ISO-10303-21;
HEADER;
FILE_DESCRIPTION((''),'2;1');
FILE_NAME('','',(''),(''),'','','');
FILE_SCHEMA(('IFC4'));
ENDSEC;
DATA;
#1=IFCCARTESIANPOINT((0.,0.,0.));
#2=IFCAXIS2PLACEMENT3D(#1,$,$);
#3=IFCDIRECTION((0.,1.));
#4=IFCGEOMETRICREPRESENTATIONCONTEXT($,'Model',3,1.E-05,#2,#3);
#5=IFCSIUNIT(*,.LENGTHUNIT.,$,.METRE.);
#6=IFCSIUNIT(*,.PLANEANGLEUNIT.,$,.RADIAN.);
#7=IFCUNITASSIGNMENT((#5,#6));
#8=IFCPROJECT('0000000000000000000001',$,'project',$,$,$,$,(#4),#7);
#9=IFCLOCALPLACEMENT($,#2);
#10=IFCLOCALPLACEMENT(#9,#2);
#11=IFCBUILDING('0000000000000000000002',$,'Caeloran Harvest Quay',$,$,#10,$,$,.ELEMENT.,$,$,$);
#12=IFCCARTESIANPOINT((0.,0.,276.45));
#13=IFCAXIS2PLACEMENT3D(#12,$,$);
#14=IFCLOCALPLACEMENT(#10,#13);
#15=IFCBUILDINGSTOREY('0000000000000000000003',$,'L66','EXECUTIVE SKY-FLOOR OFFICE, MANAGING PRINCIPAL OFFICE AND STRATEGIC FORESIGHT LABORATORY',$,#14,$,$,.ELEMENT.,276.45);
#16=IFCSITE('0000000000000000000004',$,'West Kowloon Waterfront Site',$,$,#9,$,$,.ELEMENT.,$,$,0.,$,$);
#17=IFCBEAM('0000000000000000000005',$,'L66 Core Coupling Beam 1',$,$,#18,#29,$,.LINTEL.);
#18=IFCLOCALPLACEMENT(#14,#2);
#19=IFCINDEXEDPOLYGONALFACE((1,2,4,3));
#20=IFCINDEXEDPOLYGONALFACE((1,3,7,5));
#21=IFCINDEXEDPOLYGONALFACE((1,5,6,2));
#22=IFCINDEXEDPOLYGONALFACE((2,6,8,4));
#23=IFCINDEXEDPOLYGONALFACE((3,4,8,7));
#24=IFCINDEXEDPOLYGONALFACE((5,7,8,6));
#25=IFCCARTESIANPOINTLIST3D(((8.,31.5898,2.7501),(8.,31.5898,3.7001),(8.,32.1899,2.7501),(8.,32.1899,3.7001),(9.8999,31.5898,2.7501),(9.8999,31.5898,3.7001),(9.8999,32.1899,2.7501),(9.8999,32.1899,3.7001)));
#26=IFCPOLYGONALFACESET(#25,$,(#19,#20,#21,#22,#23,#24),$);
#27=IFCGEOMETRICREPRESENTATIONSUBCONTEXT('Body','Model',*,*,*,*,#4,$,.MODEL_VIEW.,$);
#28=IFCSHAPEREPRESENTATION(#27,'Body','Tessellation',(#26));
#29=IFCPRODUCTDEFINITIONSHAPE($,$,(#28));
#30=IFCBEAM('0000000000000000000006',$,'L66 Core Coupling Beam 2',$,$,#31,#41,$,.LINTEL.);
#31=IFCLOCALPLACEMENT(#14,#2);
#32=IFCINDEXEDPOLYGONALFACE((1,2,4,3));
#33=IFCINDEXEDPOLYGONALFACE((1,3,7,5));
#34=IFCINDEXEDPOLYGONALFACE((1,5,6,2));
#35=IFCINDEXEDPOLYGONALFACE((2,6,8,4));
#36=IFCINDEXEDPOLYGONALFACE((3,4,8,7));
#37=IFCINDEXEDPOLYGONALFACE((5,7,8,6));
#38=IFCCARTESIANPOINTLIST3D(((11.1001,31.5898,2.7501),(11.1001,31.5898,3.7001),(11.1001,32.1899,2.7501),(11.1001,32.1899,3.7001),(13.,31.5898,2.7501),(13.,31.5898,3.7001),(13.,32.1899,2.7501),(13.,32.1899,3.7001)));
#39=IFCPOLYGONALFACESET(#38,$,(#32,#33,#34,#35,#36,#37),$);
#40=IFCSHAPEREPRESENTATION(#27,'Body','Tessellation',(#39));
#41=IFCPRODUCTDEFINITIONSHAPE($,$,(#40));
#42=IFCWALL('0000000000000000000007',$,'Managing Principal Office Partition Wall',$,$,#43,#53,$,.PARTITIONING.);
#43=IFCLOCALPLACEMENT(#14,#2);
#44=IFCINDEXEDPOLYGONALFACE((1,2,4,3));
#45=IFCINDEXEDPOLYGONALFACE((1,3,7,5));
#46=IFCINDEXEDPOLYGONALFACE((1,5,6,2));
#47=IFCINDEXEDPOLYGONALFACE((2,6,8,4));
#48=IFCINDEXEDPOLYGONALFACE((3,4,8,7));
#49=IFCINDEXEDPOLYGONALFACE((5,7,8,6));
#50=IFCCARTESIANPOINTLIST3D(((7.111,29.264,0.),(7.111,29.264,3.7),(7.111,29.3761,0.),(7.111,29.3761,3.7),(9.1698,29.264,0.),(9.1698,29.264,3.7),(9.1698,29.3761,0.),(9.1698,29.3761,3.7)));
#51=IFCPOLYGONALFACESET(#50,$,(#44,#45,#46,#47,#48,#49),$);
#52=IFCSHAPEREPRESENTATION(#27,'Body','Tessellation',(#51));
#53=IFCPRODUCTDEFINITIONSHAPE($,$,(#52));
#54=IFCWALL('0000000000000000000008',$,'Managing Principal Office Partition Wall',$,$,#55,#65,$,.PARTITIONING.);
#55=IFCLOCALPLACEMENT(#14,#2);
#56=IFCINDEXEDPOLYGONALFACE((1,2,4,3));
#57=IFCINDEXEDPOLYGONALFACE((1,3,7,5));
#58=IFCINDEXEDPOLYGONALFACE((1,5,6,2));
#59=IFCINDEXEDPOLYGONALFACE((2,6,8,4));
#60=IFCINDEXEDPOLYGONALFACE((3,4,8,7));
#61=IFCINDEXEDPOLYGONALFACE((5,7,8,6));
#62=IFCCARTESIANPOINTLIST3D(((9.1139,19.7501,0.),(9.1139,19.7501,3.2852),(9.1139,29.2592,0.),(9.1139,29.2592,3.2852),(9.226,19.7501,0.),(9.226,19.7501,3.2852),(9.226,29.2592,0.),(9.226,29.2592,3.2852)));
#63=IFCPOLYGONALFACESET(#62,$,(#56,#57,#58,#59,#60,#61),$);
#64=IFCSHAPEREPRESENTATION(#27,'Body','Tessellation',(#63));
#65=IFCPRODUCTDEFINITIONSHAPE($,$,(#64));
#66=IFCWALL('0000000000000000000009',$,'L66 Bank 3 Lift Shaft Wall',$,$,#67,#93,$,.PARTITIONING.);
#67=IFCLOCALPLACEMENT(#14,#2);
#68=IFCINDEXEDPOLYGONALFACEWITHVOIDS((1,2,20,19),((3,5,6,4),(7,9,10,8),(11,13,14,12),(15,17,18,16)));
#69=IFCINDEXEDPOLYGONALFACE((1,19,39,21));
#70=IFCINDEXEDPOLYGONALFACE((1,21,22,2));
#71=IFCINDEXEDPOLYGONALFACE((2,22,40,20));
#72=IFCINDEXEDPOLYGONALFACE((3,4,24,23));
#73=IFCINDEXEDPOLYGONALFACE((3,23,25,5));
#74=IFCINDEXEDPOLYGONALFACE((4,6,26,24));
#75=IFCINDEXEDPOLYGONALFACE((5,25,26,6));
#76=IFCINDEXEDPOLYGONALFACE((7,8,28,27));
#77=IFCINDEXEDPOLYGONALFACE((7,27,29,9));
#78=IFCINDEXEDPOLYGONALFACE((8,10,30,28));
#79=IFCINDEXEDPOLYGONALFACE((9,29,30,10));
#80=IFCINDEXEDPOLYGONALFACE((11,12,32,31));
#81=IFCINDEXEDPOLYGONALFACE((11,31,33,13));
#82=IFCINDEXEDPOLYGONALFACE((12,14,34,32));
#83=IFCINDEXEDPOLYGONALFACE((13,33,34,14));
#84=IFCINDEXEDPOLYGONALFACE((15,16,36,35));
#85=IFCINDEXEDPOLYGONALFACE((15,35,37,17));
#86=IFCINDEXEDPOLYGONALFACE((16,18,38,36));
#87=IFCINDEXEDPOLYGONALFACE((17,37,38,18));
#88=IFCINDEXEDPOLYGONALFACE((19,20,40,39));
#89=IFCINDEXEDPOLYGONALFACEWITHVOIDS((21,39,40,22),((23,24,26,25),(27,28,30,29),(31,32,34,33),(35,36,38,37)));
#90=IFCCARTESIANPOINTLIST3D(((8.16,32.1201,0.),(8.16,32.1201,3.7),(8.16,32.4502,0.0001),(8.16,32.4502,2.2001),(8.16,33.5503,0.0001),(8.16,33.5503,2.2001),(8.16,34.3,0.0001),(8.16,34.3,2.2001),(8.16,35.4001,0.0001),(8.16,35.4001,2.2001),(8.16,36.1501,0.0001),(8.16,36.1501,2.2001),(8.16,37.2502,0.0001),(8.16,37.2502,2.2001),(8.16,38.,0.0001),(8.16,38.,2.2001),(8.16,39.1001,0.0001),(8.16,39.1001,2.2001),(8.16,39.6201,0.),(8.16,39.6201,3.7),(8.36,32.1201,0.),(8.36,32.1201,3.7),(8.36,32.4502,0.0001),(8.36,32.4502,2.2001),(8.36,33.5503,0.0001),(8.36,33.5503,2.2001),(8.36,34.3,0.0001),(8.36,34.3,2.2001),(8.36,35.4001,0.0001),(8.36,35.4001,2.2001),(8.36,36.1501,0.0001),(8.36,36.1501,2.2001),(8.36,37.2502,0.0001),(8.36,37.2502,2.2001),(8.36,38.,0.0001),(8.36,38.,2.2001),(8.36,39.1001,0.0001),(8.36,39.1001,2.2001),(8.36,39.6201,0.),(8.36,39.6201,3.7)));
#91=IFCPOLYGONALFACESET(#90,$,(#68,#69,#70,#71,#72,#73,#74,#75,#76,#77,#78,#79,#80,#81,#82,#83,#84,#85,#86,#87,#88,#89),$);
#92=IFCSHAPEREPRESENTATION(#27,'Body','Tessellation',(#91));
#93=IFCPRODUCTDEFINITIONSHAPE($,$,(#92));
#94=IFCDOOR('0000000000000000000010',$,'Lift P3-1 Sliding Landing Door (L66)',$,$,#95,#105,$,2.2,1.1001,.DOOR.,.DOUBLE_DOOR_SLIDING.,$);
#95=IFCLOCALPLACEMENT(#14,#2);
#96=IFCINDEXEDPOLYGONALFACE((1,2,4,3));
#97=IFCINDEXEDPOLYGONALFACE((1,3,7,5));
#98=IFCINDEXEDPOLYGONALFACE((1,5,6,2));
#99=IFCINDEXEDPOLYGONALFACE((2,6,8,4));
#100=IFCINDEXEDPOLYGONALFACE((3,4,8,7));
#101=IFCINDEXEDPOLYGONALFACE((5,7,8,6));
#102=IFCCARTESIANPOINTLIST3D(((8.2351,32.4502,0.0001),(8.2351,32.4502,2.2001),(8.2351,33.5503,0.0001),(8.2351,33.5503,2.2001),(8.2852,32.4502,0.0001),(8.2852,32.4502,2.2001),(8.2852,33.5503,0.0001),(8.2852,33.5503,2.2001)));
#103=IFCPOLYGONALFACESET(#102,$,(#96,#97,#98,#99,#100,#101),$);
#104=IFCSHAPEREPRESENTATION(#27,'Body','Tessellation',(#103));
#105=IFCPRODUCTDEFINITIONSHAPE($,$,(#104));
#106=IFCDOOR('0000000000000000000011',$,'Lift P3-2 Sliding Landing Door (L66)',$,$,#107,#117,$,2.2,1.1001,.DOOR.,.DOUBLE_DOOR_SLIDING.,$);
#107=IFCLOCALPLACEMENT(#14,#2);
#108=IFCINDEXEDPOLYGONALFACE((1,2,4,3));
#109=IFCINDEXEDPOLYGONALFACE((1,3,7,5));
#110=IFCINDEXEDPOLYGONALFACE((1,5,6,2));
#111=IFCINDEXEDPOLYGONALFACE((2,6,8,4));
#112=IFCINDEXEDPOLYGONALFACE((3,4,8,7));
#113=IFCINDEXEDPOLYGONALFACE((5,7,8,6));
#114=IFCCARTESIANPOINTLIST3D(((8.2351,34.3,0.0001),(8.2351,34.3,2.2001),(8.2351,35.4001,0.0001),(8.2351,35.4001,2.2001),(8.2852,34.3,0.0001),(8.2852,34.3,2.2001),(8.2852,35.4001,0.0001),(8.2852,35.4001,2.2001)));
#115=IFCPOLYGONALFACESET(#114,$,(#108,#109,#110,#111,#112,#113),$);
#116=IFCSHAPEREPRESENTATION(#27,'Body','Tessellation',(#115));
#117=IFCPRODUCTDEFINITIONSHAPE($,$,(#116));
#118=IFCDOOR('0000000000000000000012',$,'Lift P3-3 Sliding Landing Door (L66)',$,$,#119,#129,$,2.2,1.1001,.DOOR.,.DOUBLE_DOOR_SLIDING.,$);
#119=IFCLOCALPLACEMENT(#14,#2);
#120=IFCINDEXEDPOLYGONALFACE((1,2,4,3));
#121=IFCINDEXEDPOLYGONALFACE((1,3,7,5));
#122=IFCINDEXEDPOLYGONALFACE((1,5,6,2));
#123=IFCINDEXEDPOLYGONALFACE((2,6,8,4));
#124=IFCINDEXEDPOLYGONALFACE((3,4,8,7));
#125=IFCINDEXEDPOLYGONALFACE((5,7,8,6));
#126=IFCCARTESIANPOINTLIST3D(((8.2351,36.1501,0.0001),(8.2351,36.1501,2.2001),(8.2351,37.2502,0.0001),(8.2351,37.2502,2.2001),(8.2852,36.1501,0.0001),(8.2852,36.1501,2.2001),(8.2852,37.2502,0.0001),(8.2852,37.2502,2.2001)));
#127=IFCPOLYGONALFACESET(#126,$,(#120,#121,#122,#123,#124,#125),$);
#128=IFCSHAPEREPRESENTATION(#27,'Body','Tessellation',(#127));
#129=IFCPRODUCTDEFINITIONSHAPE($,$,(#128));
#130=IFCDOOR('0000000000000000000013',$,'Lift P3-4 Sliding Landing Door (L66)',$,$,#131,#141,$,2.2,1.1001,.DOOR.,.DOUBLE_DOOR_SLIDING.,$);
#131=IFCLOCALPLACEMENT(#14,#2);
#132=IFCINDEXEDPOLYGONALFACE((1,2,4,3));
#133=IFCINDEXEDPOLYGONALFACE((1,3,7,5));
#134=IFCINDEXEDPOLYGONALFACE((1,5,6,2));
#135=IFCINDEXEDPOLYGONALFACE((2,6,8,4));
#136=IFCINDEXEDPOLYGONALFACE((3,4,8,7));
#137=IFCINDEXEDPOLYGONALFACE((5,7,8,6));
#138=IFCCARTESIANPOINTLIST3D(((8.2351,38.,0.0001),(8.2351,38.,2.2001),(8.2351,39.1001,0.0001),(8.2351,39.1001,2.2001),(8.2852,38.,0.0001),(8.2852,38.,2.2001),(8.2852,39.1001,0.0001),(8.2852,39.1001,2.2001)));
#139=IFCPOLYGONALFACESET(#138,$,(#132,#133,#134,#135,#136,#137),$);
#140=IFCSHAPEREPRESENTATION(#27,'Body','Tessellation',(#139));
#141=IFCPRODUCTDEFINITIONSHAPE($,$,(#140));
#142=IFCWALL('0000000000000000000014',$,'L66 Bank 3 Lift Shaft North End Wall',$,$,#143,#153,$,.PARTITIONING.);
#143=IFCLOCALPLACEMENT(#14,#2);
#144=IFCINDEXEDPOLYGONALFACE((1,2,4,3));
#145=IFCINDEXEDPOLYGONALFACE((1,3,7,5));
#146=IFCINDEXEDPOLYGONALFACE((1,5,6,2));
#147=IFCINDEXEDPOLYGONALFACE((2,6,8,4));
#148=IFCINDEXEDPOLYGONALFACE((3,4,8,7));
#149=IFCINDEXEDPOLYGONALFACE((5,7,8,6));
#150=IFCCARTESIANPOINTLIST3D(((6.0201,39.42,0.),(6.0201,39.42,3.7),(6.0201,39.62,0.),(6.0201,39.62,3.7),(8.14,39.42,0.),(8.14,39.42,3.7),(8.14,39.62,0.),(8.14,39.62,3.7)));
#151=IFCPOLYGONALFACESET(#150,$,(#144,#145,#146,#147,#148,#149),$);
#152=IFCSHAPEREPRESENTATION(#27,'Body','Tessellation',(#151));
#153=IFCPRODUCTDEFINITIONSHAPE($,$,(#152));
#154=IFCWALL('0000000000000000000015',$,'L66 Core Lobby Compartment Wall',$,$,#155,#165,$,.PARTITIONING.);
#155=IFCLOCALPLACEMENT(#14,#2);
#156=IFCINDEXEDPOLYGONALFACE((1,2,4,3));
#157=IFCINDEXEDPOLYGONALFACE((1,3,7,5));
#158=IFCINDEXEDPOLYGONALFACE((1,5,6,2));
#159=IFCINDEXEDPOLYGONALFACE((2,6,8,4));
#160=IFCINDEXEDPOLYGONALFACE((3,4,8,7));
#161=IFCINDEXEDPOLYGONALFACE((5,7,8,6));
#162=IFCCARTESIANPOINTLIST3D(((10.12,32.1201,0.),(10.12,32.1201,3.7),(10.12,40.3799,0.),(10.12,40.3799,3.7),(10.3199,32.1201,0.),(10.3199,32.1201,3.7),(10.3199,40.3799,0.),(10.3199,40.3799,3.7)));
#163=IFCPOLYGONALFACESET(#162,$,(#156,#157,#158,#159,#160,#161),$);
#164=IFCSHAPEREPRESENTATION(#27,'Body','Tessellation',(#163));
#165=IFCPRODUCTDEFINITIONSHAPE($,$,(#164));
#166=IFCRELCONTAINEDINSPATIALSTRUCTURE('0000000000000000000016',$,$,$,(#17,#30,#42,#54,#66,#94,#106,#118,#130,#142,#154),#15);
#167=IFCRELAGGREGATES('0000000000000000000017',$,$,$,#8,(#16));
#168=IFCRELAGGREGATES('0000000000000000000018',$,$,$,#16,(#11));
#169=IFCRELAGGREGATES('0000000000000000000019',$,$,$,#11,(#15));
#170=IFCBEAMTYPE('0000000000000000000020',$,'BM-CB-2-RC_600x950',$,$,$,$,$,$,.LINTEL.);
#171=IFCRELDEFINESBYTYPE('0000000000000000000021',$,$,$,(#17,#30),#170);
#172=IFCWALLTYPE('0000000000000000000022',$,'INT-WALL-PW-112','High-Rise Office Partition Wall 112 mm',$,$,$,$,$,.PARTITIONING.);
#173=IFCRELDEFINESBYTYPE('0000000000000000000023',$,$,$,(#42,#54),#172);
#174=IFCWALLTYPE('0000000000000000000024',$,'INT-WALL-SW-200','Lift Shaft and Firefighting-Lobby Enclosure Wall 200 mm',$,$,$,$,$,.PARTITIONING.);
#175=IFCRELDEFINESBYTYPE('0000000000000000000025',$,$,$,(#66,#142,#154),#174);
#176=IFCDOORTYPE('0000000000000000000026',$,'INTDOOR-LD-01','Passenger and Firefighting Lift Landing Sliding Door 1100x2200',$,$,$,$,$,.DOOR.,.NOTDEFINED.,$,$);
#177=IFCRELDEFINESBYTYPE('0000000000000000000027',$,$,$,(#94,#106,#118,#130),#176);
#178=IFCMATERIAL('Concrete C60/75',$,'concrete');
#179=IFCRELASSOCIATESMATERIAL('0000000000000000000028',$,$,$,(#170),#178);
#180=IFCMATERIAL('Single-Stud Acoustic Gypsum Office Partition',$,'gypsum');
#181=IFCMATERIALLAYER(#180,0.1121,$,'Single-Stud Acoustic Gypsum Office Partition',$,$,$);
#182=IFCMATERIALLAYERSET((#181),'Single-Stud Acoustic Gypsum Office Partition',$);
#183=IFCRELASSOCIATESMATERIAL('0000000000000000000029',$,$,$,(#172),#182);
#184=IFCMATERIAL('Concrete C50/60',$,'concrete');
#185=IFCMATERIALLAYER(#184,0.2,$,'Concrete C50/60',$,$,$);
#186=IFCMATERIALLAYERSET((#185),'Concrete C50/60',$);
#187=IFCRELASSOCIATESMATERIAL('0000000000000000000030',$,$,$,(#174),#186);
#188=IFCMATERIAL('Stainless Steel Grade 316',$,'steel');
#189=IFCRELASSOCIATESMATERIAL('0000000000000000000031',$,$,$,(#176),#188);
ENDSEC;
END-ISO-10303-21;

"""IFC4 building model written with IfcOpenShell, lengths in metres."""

from ifc_helpers import new_model, si_unit, direction, frame, frame_2d, origin, origin_2d, place, context, subcontext, project, spatial, rectangle, extrude, material, layer, layer_set, material_profile, profile_set, type_object, element, fill, save


model = new_model("IFC4")

# Units and contexts
model_context = context("Model", 3, precision=1e-05, world=origin(), true_north=direction((0.0, 1.0)))
body_context = subcontext(model_context, "Body", "Model", "MODEL_VIEW")
ifc_project = project(units=[si_unit("LENGTHUNIT", "METRE"), si_unit("PLANEANGLEUNIT", "RADIAN")], contexts=[model_context])

# Site, building, storey
site_placement = place(None, origin())
site = spatial("IfcSite", under=ifc_project, at=site_placement, Name="West Kowloon Waterfront Site", CompositionType="ELEMENT", RefElevation=0.0)
building_placement = place(site_placement, origin())
building = spatial("IfcBuilding", under=site, at=building_placement, Name="Caeloran Harvest Quay", CompositionType="ELEMENT")
storey_placement = place(building_placement, frame((0.0, 0.0, 276.45)))
storey = spatial("IfcBuildingStorey", under=building, at=storey_placement, Name="L66", Description="EXECUTIVE SKY-FLOOR OFFICE, MANAGING PRINCIPAL OFFICE AND STRATEGIC FORESIGHT LABORATORY", CompositionType="ELEMENT", Elevation=276.45)

# Beams
ifc_material_1 = material(Name="Concrete C60/75", Category="concrete")
ifc_material_profile = material_profile(ifc_material_1, rectangle(XDim=0.6001, YDim=0.95, at=origin_2d()), Name="RC 600x950")
ifc_profile_set = profile_set([ifc_material_profile], Name="Concrete C60/75")
beam_type = type_object("IfcBeamType", Name="BM-CB-2-RC_600x950", PredefinedType="LINTEL", material=ifc_profile_set)
for number, where, z_axis, x_axis, name in (
    (1, (8.0, 31.8899, 3.2251), (1.0, 0.0, 0.0), (0.0, 1.0, 0.0), "L66 Core Coupling Beam 1"),
    (2, (11.1001, 31.8899, 3.2251), (1.0, 0.0, 0.0), (0.0, 1.0, 0.0), "L66 Core Coupling Beam 2"),
):
    element("IfcBeam", number, at=place(storey_placement, frame(where, z_axis=z_axis, x_axis=x_axis)), inside=storey, type_object=beam_type, Name=name, PredefinedType="LINTEL", context=body_context, shape_type="SweptSolid", body=[
        extrude(rectangle(XDim=0.6001, YDim=0.95, at=origin_2d()), origin(), (0.0, 0.0, 1.0), 1.8999),
    ])

# Walls
ifc_material_2 = material(Name="Single-Stud Acoustic Gypsum Office Partition", Category="gypsum")
ifc_layer_1 = layer(ifc_material_2, 0.1121, Name="Single-Stud Acoustic Gypsum Office Partition")
ifc_layer_set_1 = layer_set([ifc_layer_1], Name="Single-Stud Acoustic Gypsum Office Partition")
wall_type_1 = type_object("IfcWallType", Name="INT-WALL-PW-112", Description="High-Rise Office Partition Wall 112 mm", PredefinedType="PARTITIONING", material=ifc_layer_set_1)
wall_1_placement = place(storey_placement, frame((7.1111, 29.3201, 0.0), z_axis=(0.0, 0.0, 1.0), x_axis=(1.0, 0.0, 0.0)))
element("IfcWall", 3, at=wall_1_placement, inside=storey, type_object=wall_type_1, Name="Managing Principal Office Partition Wall", PredefinedType="PARTITIONING", context=body_context, shape_type="SweptSolid", body=[
    extrude(rectangle(XDim=2.0588, YDim=0.1121, at=frame_2d((1.0293, 0.0))), origin(), (0.0, 0.0, 1.0), 3.7),
])
wall_2_placement = place(storey_placement, frame((9.1699, 29.259, 0.0), z_axis=(0.0, 0.0, 1.0), x_axis=(0.0, -1.0, 0.0)))
element("IfcWall", 4, at=wall_2_placement, inside=storey, type_object=wall_type_1, Name="Managing Principal Office Partition Wall", PredefinedType="PARTITIONING", context=body_context, shape_type="SweptSolid", body=[
    extrude(rectangle(XDim=9.509, YDim=0.1121, at=frame_2d((4.7544, 0.0))), origin(), (0.0, 0.0, 1.0), 3.2852),
])

# Wall, openings, doors
ifc_material_3 = material(Name="Concrete C50/60", Category="concrete")
ifc_layer_2 = layer(ifc_material_3, 0.2, Name="Concrete C50/60")
ifc_layer_set_2 = layer_set([ifc_layer_2], Name="Concrete C50/60")
wall_type_2 = type_object("IfcWallType", Name="INT-WALL-SW-200", Description="Lift Shaft and Firefighting-Lobby Enclosure Wall 200 mm", PredefinedType="PARTITIONING", material=ifc_layer_set_2)
wall_3_placement = place(storey_placement, frame((8.26, 32.1201, 0.0), z_axis=(0.0, 0.0, 1.0), x_axis=(0.0, 1.0, 0.0)))
wall_3 = element("IfcWall", 5, at=wall_3_placement, inside=storey, type_object=wall_type_2, Name="L66 Bank 3 Lift Shaft Wall", PredefinedType="PARTITIONING", context=body_context, shape_type="SweptSolid", body=[
    extrude(rectangle(XDim=7.5, YDim=0.2, at=frame_2d((3.75, 0.0))), origin(), (0.0, 0.0, 1.0), 3.7),
])
opening_1_placement = place(wall_3_placement, frame((0.3301, 0.0, 0.0)))
opening_1 = element("IfcOpeningElement", 6, at=opening_1_placement, cuts=wall_3, PredefinedType="OPENING", context=body_context, shape_type="SweptSolid", body=[
    extrude(rectangle(XDim=1.1001, YDim=2.2, at=frame_2d((0.55, 1.1001))), frame((0.0, 0.1099, 0.0), z_axis=(0.0, -1.0, 0.0), x_axis=(1.0, 0.0, 0.0)), (0.0, 0.0, 1.0), 0.22),
])
opening_2_placement = place(wall_3_placement, frame((2.1799, 0.0, 0.0)))
opening_2 = element("IfcOpeningElement", 7, at=opening_2_placement, cuts=wall_3, PredefinedType="OPENING", context=body_context, shape_type="SweptSolid", body=[
    extrude(rectangle(XDim=1.1001, YDim=2.2, at=frame_2d((0.55, 1.1001))), frame((0.0, 0.1099, 0.0), z_axis=(0.0, -1.0, 0.0), x_axis=(1.0, 0.0, 0.0)), (0.0, 0.0, 1.0), 0.22),
])
opening_3_placement = place(wall_3_placement, frame((4.03, 0.0, 0.0)))
opening_3 = element("IfcOpeningElement", 8, at=opening_3_placement, cuts=wall_3, PredefinedType="OPENING", context=body_context, shape_type="SweptSolid", body=[
    extrude(rectangle(XDim=1.1001, YDim=2.2, at=frame_2d((0.55, 1.1001))), frame((0.0, 0.1099, 0.0), z_axis=(0.0, -1.0, 0.0), x_axis=(1.0, 0.0, 0.0)), (0.0, 0.0, 1.0), 0.22),
])
opening_4_placement = place(wall_3_placement, frame((5.8799, 0.0, 0.0)))
opening_4 = element("IfcOpeningElement", 9, at=opening_4_placement, cuts=wall_3, PredefinedType="OPENING", context=body_context, shape_type="SweptSolid", body=[
    extrude(rectangle(XDim=1.1001, YDim=2.2, at=frame_2d((0.55, 1.1001))), frame((0.0, 0.1099, 0.0), z_axis=(0.0, -1.0, 0.0), x_axis=(1.0, 0.0, 0.0)), (0.0, 0.0, 1.0), 0.22),
])
ifc_material_4 = material(Name="Stainless Steel Grade 316", Category="steel")
door_type_1 = type_object("IfcDoorType", Name="INTDOOR-LD-01", Description="Passenger and Firefighting Lift Landing Sliding Door 1100x2200", OperationType="NOTDEFINED", PredefinedType="DOOR", material=ifc_material_4)
door_1_placement = place(opening_1_placement, origin())
door_1 = element("IfcDoor", 10, at=door_1_placement, inside=storey, type_object=door_type_1, Name="Lift P3-1 Sliding Landing Door (L66)", OperationType="DOUBLE_DOOR_SLIDING", OverallHeight=2.2, OverallWidth=1.1001, PredefinedType="DOOR", context=body_context, shape_type="SweptSolid", body=[
    extrude(rectangle(XDim=1.1001, YDim=2.2, at=frame_2d((0.55, 1.1001))), frame((0.0, 0.0249, 0.0), z_axis=(0.0, -1.0, 0.0), x_axis=(1.0, 0.0, 0.0)), (0.0, 0.0, 1.0), 0.05),
])
fill(opening_1, door_1)
door_2_placement = place(opening_2_placement, origin())
door_2 = element("IfcDoor", 11, at=door_2_placement, inside=storey, type_object=door_type_1, Name="Lift P3-2 Sliding Landing Door (L66)", OperationType="DOUBLE_DOOR_SLIDING", OverallHeight=2.2, OverallWidth=1.1001, PredefinedType="DOOR", context=body_context, shape_type="SweptSolid", body=[
    extrude(rectangle(XDim=1.1001, YDim=2.2, at=frame_2d((0.55, 1.1001))), frame((0.0, 0.0249, 0.0), z_axis=(0.0, -1.0, 0.0), x_axis=(1.0, 0.0, 0.0)), (0.0, 0.0, 1.0), 0.05),
])
fill(opening_2, door_2)
door_3_placement = place(opening_3_placement, origin())
door_3 = element("IfcDoor", 12, at=door_3_placement, inside=storey, type_object=door_type_1, Name="Lift P3-3 Sliding Landing Door (L66)", OperationType="DOUBLE_DOOR_SLIDING", OverallHeight=2.2, OverallWidth=1.1001, PredefinedType="DOOR", context=body_context, shape_type="SweptSolid", body=[
    extrude(rectangle(XDim=1.1001, YDim=2.2, at=frame_2d((0.55, 1.1001))), frame((0.0, 0.0249, 0.0), z_axis=(0.0, -1.0, 0.0), x_axis=(1.0, 0.0, 0.0)), (0.0, 0.0, 1.0), 0.05),
])
fill(opening_3, door_3)
door_4_placement = place(opening_4_placement, origin())
door_4 = element("IfcDoor", 13, at=door_4_placement, inside=storey, type_object=door_type_1, Name="Lift P3-4 Sliding Landing Door (L66)", OperationType="DOUBLE_DOOR_SLIDING", OverallHeight=2.2, OverallWidth=1.1001, PredefinedType="DOOR", context=body_context, shape_type="SweptSolid", body=[
    extrude(rectangle(XDim=1.1001, YDim=2.2, at=frame_2d((0.55, 1.1001))), frame((0.0, 0.0249, 0.0), z_axis=(0.0, -1.0, 0.0), x_axis=(1.0, 0.0, 0.0)), (0.0, 0.0, 1.0), 0.05),
])
fill(opening_4, door_4)

# Walls
wall_4_placement = place(storey_placement, frame((6.02, 39.52, 0.0), z_axis=(0.0, 0.0, 1.0), x_axis=(1.0, 0.0, 0.0)))
element("IfcWall", 14, at=wall_4_placement, inside=storey, type_object=wall_type_2, Name="L66 Bank 3 Lift Shaft North End Wall", PredefinedType="PARTITIONING", context=body_context, shape_type="SweptSolid", body=[
    extrude(rectangle(XDim=2.1199, YDim=0.2, at=frame_2d((1.0601, 0.0))), origin(), (0.0, 0.0, 1.0), 3.7),
])
wall_5_placement = place(storey_placement, frame((10.22, 32.1201, 0.0), z_axis=(0.0, 0.0, 1.0), x_axis=(0.0, 1.0, 0.0)))
element("IfcWall", 15, at=wall_5_placement, inside=storey, type_object=wall_type_2, Name="L66 Core Lobby Compartment Wall", PredefinedType="PARTITIONING", context=body_context, shape_type="SweptSolid", body=[
    extrude(rectangle(XDim=8.2598, YDim=0.2, at=frame_2d((4.1299, 0.0))), origin(), (0.0, 0.0, 1.0), 3.7),
])

save(model, "model.ifc")
